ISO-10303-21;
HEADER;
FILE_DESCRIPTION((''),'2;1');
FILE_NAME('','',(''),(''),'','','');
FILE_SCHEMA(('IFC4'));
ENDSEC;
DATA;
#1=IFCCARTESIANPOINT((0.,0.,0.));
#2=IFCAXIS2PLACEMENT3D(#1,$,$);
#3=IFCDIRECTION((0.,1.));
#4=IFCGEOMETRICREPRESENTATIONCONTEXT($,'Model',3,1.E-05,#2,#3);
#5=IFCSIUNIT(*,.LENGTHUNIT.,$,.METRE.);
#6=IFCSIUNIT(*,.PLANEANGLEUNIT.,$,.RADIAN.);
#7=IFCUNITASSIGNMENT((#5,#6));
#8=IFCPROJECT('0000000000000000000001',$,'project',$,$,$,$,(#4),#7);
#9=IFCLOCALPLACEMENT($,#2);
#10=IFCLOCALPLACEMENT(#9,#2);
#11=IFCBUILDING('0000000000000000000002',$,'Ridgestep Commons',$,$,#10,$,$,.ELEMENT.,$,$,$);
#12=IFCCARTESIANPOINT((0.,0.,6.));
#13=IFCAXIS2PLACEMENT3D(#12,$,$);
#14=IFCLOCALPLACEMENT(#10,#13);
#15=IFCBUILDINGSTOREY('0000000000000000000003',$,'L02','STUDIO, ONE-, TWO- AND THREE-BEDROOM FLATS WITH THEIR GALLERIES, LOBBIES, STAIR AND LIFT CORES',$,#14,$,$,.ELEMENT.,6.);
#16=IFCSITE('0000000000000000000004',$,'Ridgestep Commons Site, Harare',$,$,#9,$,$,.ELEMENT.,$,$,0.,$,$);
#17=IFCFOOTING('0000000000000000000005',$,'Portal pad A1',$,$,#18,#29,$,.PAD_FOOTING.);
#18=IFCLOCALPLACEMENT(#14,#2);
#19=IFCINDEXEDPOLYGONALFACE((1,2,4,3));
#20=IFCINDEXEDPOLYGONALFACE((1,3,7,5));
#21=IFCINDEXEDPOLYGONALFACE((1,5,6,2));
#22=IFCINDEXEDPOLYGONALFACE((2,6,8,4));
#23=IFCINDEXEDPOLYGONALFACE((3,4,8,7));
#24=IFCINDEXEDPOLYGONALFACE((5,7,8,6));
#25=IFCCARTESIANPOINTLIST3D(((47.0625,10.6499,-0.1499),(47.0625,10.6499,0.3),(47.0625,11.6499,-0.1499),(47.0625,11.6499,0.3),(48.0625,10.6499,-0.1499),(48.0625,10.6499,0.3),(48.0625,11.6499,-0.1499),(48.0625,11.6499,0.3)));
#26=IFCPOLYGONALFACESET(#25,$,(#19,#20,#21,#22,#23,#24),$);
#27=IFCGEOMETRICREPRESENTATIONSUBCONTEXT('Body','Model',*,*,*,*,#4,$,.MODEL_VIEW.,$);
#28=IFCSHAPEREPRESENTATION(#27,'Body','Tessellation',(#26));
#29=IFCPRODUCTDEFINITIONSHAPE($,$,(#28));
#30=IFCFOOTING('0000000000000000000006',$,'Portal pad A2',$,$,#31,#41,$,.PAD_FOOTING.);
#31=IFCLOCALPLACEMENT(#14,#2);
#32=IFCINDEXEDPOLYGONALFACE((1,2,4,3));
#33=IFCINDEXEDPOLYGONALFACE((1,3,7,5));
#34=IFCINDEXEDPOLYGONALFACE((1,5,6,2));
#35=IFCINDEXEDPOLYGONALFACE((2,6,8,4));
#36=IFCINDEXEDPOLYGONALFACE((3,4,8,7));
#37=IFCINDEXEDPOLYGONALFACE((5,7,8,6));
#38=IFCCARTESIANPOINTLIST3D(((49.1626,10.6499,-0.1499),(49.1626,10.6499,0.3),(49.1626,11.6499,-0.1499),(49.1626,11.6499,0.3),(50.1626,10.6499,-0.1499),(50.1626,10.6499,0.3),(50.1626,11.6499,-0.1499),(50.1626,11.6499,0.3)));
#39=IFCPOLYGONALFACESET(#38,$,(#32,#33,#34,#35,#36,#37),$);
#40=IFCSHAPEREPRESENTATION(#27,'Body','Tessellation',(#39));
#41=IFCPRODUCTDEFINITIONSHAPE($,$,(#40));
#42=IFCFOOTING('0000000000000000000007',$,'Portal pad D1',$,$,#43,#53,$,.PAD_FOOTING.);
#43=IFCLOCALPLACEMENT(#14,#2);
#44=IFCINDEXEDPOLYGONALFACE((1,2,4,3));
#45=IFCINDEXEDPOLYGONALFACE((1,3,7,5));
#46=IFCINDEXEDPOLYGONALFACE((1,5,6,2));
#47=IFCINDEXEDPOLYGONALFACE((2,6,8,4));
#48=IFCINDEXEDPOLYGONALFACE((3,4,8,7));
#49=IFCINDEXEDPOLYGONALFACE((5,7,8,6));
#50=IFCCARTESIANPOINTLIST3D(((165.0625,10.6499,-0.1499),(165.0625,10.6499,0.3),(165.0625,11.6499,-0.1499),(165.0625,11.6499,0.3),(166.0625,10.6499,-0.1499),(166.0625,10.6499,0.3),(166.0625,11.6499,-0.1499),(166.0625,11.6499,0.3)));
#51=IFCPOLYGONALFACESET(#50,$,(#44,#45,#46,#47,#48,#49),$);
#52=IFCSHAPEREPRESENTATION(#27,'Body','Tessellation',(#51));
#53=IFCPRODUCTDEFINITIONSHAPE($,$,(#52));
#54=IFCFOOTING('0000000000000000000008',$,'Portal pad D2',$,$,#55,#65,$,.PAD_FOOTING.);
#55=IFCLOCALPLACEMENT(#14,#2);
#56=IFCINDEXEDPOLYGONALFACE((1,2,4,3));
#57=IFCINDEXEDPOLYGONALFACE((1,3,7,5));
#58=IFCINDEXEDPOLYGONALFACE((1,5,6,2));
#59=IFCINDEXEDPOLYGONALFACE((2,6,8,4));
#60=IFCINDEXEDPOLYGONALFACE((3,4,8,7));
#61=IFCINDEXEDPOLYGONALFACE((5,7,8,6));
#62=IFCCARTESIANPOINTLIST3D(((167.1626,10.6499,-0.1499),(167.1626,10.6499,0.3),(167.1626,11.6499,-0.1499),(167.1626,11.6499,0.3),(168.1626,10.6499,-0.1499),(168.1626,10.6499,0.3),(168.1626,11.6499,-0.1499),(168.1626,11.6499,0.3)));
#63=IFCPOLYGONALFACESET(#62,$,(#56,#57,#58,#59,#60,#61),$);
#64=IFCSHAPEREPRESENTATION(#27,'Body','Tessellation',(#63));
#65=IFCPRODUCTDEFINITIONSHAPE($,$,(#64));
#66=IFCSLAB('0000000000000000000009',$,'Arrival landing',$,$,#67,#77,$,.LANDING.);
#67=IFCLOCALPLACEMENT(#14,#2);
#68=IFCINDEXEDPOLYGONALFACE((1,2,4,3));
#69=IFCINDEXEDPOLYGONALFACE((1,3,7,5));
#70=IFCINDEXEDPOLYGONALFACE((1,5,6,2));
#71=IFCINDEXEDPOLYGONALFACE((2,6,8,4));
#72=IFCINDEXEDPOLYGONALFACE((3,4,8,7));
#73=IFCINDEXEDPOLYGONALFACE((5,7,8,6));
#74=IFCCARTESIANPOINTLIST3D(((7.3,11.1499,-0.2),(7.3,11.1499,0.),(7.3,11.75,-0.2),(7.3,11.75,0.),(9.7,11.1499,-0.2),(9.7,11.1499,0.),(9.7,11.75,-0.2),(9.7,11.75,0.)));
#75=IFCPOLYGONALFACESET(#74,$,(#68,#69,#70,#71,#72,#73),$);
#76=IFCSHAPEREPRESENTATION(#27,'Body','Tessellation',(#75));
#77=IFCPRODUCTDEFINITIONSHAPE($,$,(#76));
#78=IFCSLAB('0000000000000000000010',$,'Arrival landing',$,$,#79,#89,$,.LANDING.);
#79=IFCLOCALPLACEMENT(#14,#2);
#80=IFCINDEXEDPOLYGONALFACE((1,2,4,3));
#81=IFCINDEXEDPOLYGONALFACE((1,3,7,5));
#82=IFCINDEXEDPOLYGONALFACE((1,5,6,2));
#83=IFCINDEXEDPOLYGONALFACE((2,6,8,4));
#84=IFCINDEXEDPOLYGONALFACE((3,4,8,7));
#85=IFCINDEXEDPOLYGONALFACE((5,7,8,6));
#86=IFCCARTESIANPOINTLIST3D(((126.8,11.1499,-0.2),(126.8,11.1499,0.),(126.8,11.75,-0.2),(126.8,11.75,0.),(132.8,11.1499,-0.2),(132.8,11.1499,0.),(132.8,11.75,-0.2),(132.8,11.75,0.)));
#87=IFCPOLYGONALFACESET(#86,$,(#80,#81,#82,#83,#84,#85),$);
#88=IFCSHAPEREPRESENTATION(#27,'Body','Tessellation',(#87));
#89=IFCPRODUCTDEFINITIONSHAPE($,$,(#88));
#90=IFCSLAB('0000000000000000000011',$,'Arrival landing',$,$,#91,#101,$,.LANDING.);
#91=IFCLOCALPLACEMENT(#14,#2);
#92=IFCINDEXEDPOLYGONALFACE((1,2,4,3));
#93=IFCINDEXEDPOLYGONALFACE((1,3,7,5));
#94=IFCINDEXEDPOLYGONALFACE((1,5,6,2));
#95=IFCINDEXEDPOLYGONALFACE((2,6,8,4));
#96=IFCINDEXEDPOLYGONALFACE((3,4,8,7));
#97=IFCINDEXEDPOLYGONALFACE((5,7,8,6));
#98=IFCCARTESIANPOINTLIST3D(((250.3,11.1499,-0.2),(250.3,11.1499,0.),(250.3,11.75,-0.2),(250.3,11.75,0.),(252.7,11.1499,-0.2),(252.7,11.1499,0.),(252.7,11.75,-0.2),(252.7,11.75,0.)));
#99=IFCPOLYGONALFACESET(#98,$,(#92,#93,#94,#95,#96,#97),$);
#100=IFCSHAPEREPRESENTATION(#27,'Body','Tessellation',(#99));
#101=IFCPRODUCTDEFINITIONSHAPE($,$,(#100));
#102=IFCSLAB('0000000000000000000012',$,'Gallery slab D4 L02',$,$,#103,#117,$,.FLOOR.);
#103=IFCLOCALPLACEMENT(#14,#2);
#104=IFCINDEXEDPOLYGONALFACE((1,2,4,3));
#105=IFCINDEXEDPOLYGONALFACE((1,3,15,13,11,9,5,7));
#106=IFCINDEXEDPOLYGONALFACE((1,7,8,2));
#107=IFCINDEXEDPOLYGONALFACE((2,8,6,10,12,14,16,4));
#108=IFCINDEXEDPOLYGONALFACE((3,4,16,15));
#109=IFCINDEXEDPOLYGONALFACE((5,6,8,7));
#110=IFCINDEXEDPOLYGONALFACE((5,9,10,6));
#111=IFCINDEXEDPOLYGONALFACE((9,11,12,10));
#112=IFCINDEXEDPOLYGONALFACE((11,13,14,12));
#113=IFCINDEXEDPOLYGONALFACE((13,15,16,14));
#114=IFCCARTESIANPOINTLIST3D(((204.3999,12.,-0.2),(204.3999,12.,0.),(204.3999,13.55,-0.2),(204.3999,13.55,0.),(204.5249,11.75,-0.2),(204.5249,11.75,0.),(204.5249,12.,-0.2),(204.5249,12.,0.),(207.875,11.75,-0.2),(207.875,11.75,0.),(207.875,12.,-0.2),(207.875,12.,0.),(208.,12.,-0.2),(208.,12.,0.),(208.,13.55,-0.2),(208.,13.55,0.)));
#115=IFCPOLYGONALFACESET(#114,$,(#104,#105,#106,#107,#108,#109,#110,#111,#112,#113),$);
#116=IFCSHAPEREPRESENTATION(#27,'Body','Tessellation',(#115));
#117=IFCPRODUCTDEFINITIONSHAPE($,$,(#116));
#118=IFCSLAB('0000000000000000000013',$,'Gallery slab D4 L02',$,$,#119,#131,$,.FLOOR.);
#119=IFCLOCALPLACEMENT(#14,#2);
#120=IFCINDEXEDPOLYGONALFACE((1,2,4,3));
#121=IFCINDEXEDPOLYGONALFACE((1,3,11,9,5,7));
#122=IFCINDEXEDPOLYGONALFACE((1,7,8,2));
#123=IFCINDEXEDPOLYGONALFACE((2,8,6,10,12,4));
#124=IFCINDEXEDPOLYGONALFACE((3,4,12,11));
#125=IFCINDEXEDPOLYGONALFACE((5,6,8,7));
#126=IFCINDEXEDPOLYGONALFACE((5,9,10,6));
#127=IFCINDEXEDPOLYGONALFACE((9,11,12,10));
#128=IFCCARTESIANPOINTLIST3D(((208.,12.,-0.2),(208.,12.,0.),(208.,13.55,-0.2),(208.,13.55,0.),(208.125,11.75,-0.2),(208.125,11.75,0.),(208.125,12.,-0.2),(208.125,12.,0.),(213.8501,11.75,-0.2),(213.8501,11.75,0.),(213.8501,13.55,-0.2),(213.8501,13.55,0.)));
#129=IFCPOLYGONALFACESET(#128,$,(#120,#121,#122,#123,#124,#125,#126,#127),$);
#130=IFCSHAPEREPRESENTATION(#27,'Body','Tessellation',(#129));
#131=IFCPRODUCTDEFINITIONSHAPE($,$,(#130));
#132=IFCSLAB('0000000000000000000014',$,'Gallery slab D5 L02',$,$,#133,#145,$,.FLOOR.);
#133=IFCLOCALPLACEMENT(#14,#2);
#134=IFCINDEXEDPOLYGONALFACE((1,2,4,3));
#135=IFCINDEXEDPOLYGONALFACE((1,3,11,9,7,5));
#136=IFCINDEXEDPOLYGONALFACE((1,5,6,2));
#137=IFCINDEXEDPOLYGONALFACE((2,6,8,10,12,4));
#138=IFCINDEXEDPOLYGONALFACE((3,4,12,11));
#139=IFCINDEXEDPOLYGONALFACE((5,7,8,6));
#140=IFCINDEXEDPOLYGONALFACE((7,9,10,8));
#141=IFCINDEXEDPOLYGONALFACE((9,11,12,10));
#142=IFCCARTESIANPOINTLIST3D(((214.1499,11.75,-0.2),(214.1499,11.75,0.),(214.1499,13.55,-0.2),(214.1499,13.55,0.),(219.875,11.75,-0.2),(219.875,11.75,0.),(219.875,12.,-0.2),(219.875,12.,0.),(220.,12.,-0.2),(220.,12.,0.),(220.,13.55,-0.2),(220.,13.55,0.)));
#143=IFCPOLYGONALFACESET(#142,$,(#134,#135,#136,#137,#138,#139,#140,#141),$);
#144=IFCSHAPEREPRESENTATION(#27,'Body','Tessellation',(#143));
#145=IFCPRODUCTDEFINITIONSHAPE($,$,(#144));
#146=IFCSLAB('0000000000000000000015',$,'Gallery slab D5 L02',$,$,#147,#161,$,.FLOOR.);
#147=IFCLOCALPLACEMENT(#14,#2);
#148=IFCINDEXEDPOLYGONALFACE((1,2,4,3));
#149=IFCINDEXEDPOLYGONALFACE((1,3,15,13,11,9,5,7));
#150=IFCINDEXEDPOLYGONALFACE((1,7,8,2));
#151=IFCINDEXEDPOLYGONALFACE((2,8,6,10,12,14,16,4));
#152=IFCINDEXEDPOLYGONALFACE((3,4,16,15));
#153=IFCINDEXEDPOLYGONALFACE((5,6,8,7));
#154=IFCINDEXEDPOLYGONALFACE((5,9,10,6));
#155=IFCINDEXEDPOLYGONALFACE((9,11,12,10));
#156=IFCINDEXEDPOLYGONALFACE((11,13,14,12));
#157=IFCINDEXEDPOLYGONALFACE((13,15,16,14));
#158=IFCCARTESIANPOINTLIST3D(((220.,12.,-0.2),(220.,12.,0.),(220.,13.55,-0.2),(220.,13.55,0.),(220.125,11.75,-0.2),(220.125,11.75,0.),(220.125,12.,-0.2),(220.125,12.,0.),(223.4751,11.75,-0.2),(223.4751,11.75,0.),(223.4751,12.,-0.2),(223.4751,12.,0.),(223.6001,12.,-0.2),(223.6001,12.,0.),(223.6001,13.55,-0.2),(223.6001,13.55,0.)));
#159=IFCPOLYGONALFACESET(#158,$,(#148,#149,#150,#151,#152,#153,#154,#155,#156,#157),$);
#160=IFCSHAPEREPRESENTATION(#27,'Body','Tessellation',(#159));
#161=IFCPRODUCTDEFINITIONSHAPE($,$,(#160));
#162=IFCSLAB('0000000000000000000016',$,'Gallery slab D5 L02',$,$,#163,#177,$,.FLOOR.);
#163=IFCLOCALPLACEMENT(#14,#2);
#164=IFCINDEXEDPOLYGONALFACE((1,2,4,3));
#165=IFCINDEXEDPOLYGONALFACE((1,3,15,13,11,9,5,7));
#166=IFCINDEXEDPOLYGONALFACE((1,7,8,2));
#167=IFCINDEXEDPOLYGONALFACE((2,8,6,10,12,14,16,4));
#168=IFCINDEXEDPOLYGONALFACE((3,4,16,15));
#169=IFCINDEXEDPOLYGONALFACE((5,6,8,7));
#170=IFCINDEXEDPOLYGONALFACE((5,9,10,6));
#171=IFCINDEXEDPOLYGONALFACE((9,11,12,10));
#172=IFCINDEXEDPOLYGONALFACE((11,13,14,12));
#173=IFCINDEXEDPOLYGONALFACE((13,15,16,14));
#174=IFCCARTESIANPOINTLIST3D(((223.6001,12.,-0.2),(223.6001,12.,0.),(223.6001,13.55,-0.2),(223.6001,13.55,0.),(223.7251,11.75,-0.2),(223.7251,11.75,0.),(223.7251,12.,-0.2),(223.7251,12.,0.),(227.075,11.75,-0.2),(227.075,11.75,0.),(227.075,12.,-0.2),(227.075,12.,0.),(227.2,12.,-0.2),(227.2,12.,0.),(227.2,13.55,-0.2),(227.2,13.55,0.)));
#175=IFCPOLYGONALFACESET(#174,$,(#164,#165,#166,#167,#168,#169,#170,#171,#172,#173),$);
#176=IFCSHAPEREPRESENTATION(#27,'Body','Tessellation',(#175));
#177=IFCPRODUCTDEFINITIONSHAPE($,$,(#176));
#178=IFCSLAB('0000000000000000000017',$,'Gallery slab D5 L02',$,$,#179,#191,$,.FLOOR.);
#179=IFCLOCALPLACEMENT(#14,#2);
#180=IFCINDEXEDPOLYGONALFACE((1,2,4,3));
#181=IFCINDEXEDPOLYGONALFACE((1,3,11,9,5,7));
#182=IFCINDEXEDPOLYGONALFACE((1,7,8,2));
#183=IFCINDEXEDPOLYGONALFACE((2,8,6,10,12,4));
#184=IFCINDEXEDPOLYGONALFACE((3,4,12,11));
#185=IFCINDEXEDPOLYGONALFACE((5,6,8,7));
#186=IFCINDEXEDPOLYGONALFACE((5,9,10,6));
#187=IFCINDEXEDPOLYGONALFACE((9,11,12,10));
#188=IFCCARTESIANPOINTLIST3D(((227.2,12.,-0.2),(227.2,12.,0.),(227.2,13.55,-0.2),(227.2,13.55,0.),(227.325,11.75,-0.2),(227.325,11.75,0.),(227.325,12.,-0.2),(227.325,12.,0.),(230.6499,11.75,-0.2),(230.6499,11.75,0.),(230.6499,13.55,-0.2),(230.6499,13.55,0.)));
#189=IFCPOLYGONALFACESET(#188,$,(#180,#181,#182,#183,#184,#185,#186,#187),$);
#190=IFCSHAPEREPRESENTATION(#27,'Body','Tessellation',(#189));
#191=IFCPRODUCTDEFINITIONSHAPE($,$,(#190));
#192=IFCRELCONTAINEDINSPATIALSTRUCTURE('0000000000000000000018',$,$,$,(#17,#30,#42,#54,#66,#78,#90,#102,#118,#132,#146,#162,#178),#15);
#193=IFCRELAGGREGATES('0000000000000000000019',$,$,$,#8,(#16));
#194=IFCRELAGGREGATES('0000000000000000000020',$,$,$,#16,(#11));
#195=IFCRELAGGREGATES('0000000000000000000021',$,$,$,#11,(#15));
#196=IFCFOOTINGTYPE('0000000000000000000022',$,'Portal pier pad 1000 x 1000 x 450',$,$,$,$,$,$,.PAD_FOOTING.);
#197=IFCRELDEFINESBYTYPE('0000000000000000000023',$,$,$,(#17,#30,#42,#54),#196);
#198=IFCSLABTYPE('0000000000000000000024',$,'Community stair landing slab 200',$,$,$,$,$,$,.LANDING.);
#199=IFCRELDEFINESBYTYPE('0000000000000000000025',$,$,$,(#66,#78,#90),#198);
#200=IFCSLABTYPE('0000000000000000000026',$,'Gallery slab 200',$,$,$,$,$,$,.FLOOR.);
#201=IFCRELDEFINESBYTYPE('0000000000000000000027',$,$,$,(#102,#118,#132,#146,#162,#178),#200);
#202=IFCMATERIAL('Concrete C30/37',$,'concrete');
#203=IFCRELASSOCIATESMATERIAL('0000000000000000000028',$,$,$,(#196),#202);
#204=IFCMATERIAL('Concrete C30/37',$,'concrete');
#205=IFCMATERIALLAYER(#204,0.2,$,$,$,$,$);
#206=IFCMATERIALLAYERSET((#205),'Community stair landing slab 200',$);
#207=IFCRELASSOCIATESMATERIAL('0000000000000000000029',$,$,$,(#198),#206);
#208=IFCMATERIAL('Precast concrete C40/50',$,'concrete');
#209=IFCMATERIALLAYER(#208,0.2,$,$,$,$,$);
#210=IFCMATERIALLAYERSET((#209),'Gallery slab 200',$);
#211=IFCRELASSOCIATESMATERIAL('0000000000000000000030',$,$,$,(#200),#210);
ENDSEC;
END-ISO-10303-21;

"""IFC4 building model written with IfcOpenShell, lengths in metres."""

from ifc_helpers import new_model, si_unit, direction, frame, origin, place, context, subcontext, project, spatial, polyline, outline, extrude, material, layer, layer_set, type_object, element, save


model = new_model("IFC4")

# Units and contexts
model_context = context("Model", 3, precision=1e-05, world=origin(), true_north=direction((0.0, 1.0)))
body_context = subcontext(model_context, "Body", "Model", "MODEL_VIEW")
ifc_project = project(units=[si_unit("LENGTHUNIT", "METRE"), si_unit("PLANEANGLEUNIT", "RADIAN")], contexts=[model_context])

# Site, building, storey
site_placement = place(None, origin())
site = spatial("IfcSite", under=ifc_project, at=site_placement, Name="Ridgestep Commons Site, Harare", CompositionType="ELEMENT", RefElevation=0.0)
building_placement = place(site_placement, origin())
building = spatial("IfcBuilding", under=site, at=building_placement, Name="Ridgestep Commons", CompositionType="ELEMENT")
storey_placement = place(building_placement, frame((0.0, 0.0, 6.0)))
storey = spatial("IfcBuildingStorey", under=building, at=storey_placement, Name="L02", Description="STUDIO, ONE-, TWO- AND THREE-BEDROOM FLATS WITH THEIR GALLERIES, LOBBIES, STAIR AND LIFT CORES", CompositionType="ELEMENT", Elevation=6.0)

# Footings
ifc_material_1 = material(Name="Concrete C30/37", Category="concrete")
footing_type = type_object("IfcFootingType", Name="Portal pier pad 1000 x 1000 x 450", PredefinedType="PAD_FOOTING", material=ifc_material_1)
footing_1_placement = place(storey_placement, frame((0.0, 0.0, -0.1499)))
element("IfcFooting", 1, at=footing_1_placement, inside=storey, type_object=footing_type, Name="Portal pad A1", PredefinedType="PAD_FOOTING", context=body_context, shape_type="SweptSolid", body=[
    extrude(outline(polyline([(47.0625, 10.6499), (48.0625, 10.6499), (48.0625, 11.6499), (47.0625, 11.6499), (47.0625, 10.6499)])), origin(), (0.0, 0.0, 1.0), 0.45),
])
footing_2_placement = place(storey_placement, frame((0.0, 0.0, -0.1499)))
element("IfcFooting", 2, at=footing_2_placement, inside=storey, type_object=footing_type, Name="Portal pad A2", PredefinedType="PAD_FOOTING", context=body_context, shape_type="SweptSolid", body=[
    extrude(outline(polyline([(49.1626, 10.6499), (50.1626, 10.6499), (50.1626, 11.6499), (49.1626, 11.6499), (49.1626, 10.6499)])), origin(), (0.0, 0.0, 1.0), 0.45),
])
footing_3_placement = place(storey_placement, frame((0.0, 0.0, -0.1499)))
element("IfcFooting", 3, at=footing_3_placement, inside=storey, type_object=footing_type, Name="Portal pad D1", PredefinedType="PAD_FOOTING", context=body_context, shape_type="SweptSolid", body=[
    extrude(outline(polyline([(165.0625, 10.6499), (166.0625, 10.6499), (166.0625, 11.6499), (165.0625, 11.6499), (165.0625, 10.6499)])), origin(), (0.0, 0.0, 1.0), 0.45),
])
footing_4_placement = place(storey_placement, frame((0.0, 0.0, -0.1499)))
element("IfcFooting", 4, at=footing_4_placement, inside=storey, type_object=footing_type, Name="Portal pad D2", PredefinedType="PAD_FOOTING", context=body_context, shape_type="SweptSolid", body=[
    extrude(outline(polyline([(167.1626, 10.6499), (168.1626, 10.6499), (168.1626, 11.6499), (167.1626, 11.6499), (167.1626, 10.6499)])), origin(), (0.0, 0.0, 1.0), 0.45),
])

# Slabs
ifc_material_2 = material(Name="Concrete C30/37", Category="concrete")
ifc_layer_1 = layer(ifc_material_2, 0.2)
ifc_layer_set_1 = layer_set([ifc_layer_1], Name="Community stair landing slab 200")
slab_type_1 = type_object("IfcSlabType", Name="Community stair landing slab 200", PredefinedType="LANDING", material=ifc_layer_set_1)
slab_1_placement = place(storey_placement, frame((0.0, 0.0, -0.2)))
element("IfcSlab", 5, at=slab_1_placement, inside=storey, type_object=slab_type_1, Name="Arrival landing", PredefinedType="LANDING", context=body_context, shape_type="SweptSolid", body=[
    extrude(outline(polyline([(7.3, 11.1499), (9.7, 11.1499), (9.7, 11.75), (7.3, 11.75), (7.3, 11.1499)])), origin(), (0.0, 0.0, 1.0), 0.2),
])
slab_2_placement = place(storey_placement, frame((0.0, 0.0, -0.2)))
element("IfcSlab", 6, at=slab_2_placement, inside=storey, type_object=slab_type_1, Name="Arrival landing", PredefinedType="LANDING", context=body_context, shape_type="SweptSolid", body=[
    extrude(outline(polyline([(126.8, 11.1499), (132.8, 11.1499), (132.8, 11.75), (126.8, 11.75), (126.8, 11.1499)])), origin(), (0.0, 0.0, 1.0), 0.2),
])
slab_3_placement = place(storey_placement, frame((0.0, 0.0, -0.2)))
element("IfcSlab", 7, at=slab_3_placement, inside=storey, type_object=slab_type_1, Name="Arrival landing", PredefinedType="LANDING", context=body_context, shape_type="SweptSolid", body=[
    extrude(outline(polyline([(250.3, 11.1499), (252.7, 11.1499), (252.7, 11.75), (250.3, 11.75), (250.3, 11.1499)])), origin(), (0.0, 0.0, 1.0), 0.2),
])
ifc_material_3 = material(Name="Precast concrete C40/50", Category="concrete")
ifc_layer_2 = layer(ifc_material_3, 0.2)
ifc_layer_set_2 = layer_set([ifc_layer_2], Name="Gallery slab 200")
slab_type_2 = type_object("IfcSlabType", Name="Gallery slab 200", PredefinedType="FLOOR", material=ifc_layer_set_2)
slab_4_placement = place(storey_placement, frame((0.0, 0.0, -0.2)))
element("IfcSlab", 8, at=slab_4_placement, inside=storey, type_object=slab_type_2, Name="Gallery slab D4 L02", PredefinedType="FLOOR", context=body_context, shape_type="SweptSolid", body=[
    extrude(outline(polyline([(208.0, 13.55), (204.3999, 13.55), (204.3999, 12.0), (204.5249, 12.0), (204.5249, 11.75), (207.875, 11.75), (207.875, 12.0), (208.0, 12.0), (208.0, 13.55)])), origin(), (0.0, 0.0, 1.0), 0.2),
])
slab_5_placement = place(storey_placement, frame((0.0, 0.0, -0.2)))
element("IfcSlab", 9, at=slab_5_placement, inside=storey, type_object=slab_type_2, Name="Gallery slab D4 L02", PredefinedType="FLOOR", context=body_context, shape_type="SweptSolid", body=[
    extrude(outline(polyline([(208.0, 13.55), (208.0, 12.0), (208.125, 12.0), (208.125, 11.75), (213.8501, 11.75), (213.8501, 13.55), (208.0, 13.55)])), origin(), (0.0, 0.0, 1.0), 0.2),
])
slab_6_placement = place(storey_placement, frame((0.0, 0.0, -0.2)))
element("IfcSlab", 10, at=slab_6_placement, inside=storey, type_object=slab_type_2, Name="Gallery slab D5 L02", PredefinedType="FLOOR", context=body_context, shape_type="SweptSolid", body=[
    extrude(outline(polyline([(214.1499, 11.75), (219.875, 11.75), (219.875, 12.0), (220.0, 12.0), (220.0, 13.55), (214.1499, 13.55), (214.1499, 11.75)])), origin(), (0.0, 0.0, 1.0), 0.2),
])
slab_7_placement = place(storey_placement, frame((0.0, 0.0, -0.2)))
element("IfcSlab", 11, at=slab_7_placement, inside=storey, type_object=slab_type_2, Name="Gallery slab D5 L02", PredefinedType="FLOOR", context=body_context, shape_type="SweptSolid", body=[
    extrude(outline(polyline([(223.6001, 13.55), (220.0, 13.55), (220.0, 12.0), (220.125, 12.0), (220.125, 11.75), (223.4751, 11.75), (223.4751, 12.0), (223.6001, 12.0), (223.6001, 13.55)])), origin(), (0.0, 0.0, 1.0), 0.2),
])
slab_8_placement = place(storey_placement, frame((0.0, 0.0, -0.2)))
element("IfcSlab", 12, at=slab_8_placement, inside=storey, type_object=slab_type_2, Name="Gallery slab D5 L02", PredefinedType="FLOOR", context=body_context, shape_type="SweptSolid", body=[
    extrude(outline(polyline([(227.2, 13.55), (223.6001, 13.55), (223.6001, 12.0), (223.7251, 12.0), (223.7251, 11.75), (227.075, 11.75), (227.075, 12.0), (227.2, 12.0), (227.2, 13.55)])), origin(), (0.0, 0.0, 1.0), 0.2),
])
slab_9_placement = place(storey_placement, frame((0.0, 0.0, -0.2)))
element("IfcSlab", 13, at=slab_9_placement, inside=storey, type_object=slab_type_2, Name="Gallery slab D5 L02", PredefinedType="FLOOR", context=body_context, shape_type="SweptSolid", body=[
    extrude(outline(polyline([(227.2, 13.55), (227.2, 12.0), (227.325, 12.0), (227.325, 11.75), (230.6499, 11.75), (230.6499, 13.55), (227.2, 13.55)])), origin(), (0.0, 0.0, 1.0), 0.2),
])

save(model, "model.ifc")
